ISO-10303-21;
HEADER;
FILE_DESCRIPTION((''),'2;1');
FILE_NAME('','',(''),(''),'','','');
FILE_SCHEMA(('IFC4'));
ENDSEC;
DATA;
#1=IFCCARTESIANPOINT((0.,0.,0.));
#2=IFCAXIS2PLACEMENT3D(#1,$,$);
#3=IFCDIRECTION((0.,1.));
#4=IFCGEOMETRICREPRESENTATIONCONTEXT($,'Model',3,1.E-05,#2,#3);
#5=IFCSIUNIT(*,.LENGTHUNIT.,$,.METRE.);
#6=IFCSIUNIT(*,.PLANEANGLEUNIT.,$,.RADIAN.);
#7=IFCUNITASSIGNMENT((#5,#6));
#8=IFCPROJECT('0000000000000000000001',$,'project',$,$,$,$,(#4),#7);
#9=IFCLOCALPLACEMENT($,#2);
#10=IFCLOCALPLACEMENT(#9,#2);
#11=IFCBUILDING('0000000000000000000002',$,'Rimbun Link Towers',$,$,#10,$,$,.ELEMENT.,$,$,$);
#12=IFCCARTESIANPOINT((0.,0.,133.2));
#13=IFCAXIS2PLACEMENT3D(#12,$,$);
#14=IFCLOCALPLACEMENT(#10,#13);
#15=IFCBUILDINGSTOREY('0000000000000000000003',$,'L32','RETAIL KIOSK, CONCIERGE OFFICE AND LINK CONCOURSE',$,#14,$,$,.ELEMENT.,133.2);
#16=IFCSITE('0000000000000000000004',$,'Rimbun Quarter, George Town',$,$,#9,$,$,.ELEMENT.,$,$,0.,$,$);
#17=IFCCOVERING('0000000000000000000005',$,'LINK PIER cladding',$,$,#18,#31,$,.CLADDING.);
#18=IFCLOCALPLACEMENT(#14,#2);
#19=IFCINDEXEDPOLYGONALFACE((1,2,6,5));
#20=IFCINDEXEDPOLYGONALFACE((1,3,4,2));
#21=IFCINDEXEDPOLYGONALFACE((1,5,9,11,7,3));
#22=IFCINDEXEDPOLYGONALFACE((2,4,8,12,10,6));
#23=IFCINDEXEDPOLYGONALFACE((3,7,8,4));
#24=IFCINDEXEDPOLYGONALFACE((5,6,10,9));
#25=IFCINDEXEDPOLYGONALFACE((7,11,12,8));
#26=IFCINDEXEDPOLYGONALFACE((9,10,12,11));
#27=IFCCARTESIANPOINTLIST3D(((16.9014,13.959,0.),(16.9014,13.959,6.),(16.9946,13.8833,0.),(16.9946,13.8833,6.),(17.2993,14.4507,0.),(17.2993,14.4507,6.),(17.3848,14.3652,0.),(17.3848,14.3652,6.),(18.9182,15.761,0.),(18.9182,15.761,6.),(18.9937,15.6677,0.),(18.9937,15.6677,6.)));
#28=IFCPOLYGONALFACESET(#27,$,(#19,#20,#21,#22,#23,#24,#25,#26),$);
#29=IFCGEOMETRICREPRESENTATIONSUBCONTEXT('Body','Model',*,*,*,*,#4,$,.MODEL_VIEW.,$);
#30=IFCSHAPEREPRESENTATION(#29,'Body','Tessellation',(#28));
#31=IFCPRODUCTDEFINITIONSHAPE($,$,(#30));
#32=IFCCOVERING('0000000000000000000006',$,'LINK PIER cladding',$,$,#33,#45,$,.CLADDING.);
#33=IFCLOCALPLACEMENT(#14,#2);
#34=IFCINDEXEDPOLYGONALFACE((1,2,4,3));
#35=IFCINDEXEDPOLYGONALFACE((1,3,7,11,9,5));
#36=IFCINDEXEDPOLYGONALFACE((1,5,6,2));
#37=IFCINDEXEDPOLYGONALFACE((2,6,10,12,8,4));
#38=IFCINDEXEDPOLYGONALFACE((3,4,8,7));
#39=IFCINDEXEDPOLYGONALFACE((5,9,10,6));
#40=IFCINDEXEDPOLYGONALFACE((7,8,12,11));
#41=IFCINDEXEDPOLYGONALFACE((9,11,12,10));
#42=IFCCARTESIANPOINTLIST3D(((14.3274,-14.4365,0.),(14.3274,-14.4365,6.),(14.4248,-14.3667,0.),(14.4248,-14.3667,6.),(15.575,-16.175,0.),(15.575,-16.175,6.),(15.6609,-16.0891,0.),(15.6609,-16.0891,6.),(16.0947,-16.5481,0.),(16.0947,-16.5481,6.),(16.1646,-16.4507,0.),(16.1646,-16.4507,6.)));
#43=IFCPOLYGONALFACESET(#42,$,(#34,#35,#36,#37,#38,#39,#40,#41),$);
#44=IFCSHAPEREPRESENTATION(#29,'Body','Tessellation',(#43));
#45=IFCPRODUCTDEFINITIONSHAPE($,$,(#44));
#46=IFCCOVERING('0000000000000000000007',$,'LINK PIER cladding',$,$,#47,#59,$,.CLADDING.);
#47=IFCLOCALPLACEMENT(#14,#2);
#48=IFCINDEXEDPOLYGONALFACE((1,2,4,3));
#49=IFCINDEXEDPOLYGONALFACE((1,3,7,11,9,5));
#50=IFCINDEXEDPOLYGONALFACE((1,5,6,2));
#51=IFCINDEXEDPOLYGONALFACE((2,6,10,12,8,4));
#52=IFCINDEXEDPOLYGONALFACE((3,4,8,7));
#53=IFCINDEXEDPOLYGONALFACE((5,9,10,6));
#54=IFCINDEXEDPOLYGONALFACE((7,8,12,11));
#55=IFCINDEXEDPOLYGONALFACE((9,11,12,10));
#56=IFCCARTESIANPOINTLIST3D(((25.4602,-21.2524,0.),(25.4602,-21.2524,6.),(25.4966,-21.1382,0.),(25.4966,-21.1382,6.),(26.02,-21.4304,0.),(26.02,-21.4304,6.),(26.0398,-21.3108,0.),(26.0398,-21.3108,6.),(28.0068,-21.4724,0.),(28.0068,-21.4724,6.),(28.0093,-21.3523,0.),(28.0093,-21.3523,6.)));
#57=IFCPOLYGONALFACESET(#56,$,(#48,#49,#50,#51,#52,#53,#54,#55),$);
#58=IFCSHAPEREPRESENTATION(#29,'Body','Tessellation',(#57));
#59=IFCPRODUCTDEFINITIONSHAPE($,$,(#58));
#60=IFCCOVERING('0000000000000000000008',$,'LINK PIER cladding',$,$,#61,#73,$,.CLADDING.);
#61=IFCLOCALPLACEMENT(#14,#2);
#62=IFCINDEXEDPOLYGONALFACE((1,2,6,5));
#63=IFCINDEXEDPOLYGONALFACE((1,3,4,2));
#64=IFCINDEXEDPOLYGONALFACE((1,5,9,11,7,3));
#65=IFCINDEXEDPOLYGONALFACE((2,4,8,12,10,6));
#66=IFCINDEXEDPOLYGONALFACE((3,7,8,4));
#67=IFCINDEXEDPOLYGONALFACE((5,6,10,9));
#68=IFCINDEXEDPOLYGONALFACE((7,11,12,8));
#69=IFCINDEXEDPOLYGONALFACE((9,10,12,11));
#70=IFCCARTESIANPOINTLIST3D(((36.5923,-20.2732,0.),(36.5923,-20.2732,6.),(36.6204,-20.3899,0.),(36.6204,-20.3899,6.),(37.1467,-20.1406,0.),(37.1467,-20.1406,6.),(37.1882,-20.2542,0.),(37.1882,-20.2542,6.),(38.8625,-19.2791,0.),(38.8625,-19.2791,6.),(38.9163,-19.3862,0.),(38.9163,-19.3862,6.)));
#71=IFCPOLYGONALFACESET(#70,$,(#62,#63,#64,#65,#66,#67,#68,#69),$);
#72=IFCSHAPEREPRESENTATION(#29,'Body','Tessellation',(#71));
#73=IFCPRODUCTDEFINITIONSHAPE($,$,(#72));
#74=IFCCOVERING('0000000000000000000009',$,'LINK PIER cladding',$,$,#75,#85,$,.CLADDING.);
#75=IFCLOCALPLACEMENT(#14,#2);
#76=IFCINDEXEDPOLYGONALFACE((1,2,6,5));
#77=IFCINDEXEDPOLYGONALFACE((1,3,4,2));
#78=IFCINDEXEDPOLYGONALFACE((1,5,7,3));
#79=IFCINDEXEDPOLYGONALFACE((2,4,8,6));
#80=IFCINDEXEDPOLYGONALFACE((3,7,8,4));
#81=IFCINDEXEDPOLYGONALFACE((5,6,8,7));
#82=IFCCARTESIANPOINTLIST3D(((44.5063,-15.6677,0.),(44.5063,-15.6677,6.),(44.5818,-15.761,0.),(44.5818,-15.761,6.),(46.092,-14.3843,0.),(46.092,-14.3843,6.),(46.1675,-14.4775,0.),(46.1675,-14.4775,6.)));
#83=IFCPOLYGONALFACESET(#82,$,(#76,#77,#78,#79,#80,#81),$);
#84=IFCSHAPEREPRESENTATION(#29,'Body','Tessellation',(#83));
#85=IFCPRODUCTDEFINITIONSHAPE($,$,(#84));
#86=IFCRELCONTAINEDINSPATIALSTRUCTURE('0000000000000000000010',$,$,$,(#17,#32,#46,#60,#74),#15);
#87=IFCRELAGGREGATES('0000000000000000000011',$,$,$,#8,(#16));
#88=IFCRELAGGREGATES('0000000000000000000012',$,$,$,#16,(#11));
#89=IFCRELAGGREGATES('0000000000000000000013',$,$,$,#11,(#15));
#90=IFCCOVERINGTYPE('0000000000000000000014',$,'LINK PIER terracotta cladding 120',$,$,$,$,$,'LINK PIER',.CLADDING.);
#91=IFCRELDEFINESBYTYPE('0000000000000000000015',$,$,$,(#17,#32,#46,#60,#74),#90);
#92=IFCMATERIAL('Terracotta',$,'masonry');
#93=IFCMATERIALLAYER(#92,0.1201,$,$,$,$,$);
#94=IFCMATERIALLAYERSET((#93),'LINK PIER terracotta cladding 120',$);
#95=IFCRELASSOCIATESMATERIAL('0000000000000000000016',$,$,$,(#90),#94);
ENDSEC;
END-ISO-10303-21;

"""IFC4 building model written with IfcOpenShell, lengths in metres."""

from ifc_helpers import new_model, si_unit, direction, frame, origin, place, context, subcontext, project, spatial, polyline, outline, extrude, material, layer, layer_set, type_object, element, save


model = new_model("IFC4")

# Units and contexts
model_context = context("Model", 3, precision=1e-05, world=origin(), true_north=direction((0.0, 1.0)))
body_context = subcontext(model_context, "Body", "Model", "MODEL_VIEW")
ifc_project = project(units=[si_unit("LENGTHUNIT", "METRE"), si_unit("PLANEANGLEUNIT", "RADIAN")], contexts=[model_context])

# Site, building, storey
site_placement = place(None, origin())
site = spatial("IfcSite", under=ifc_project, at=site_placement, Name="Rimbun Quarter, George Town", CompositionType="ELEMENT", RefElevation=0.0)
building_placement = place(site_placement, origin())
building = spatial("IfcBuilding", under=site, at=building_placement, Name="Rimbun Link Towers", CompositionType="ELEMENT")
storey_placement = place(building_placement, frame((0.0, 0.0, 133.2)))
storey = spatial("IfcBuildingStorey", under=building, at=storey_placement, Name="L32", Description="RETAIL KIOSK, CONCIERGE OFFICE AND LINK CONCOURSE", CompositionType="ELEMENT", Elevation=133.2)

# Coverings
ifc_material_1 = material(Name="Terracotta", Category="masonry")
ifc_layer_1 = layer(ifc_material_1, 0.1201)
ifc_layer_set_1 = layer_set([ifc_layer_1], Name="LINK PIER terracotta cladding 120")
covering_type = type_object("IfcCoveringType", Name="LINK PIER terracotta cladding 120", ElementType="LINK PIER", PredefinedType="CLADDING", material=ifc_layer_set_1)
covering_1_placement = place(storey_placement, origin())
element("IfcCovering", 1, at=covering_1_placement, inside=storey, type_object=covering_type, Name="LINK PIER cladding", PredefinedType="CLADDING", context=body_context, shape_type="SweptSolid", body=[
    extrude(outline(polyline([(16.9946, 13.8833), (17.3848, 14.3652), (18.9937, 15.6677), (18.9182, 15.761), (17.2993, 14.4507), (16.9014, 13.959), (16.9946, 13.8833)])), origin(), (0.0, 0.0, 1.0), 6.0),
])
covering_2_placement = place(storey_placement, origin())
element("IfcCovering", 2, at=covering_2_placement, inside=storey, type_object=covering_type, Name="LINK PIER cladding", PredefinedType="CLADDING", context=body_context, shape_type="SweptSolid", body=[
    extrude(outline(polyline([(16.1646, -16.4507), (15.6609, -16.0891), (14.4248, -14.3667), (14.3274, -14.4365), (15.575, -16.175), (16.0947, -16.5481), (16.1646, -16.4507)])), origin(), (0.0, 0.0, 1.0), 6.0),
])
covering_3_placement = place(storey_placement, origin())
element("IfcCovering", 3, at=covering_3_placement, inside=storey, type_object=covering_type, Name="LINK PIER cladding", PredefinedType="CLADDING", context=body_context, shape_type="SweptSolid", body=[
    extrude(outline(polyline([(28.0093, -21.3523), (26.0398, -21.3108), (25.4966, -21.1382), (25.4602, -21.2524), (26.02, -21.4304), (28.0068, -21.4724), (28.0093, -21.3523)])), origin(), (0.0, 0.0, 1.0), 6.0),
])
covering_4_placement = place(storey_placement, origin())
element("IfcCovering", 4, at=covering_4_placement, inside=storey, type_object=covering_type, Name="LINK PIER cladding", PredefinedType="CLADDING", context=body_context, shape_type="SweptSolid", body=[
    extrude(outline(polyline([(38.8625, -19.2791), (37.1467, -20.1406), (36.5923, -20.2732), (36.6204, -20.3899), (37.1882, -20.2542), (38.9163, -19.3862), (38.8625, -19.2791)])), origin(), (0.0, 0.0, 1.0), 6.0),
])
covering_5_placement = place(storey_placement, origin())
element("IfcCovering", 5, at=covering_5_placement, inside=storey, type_object=covering_type, Name="LINK PIER cladding", PredefinedType="CLADDING", context=body_context, shape_type="SweptSolid", body=[
    extrude(outline(polyline([(46.092, -14.3843), (44.5063, -15.6677), (44.5818, -15.761), (46.1675, -14.4775), (46.092, -14.3843)])), origin(), (0.0, 0.0, 1.0), 6.0),
])

save(model, "model.ifc")
